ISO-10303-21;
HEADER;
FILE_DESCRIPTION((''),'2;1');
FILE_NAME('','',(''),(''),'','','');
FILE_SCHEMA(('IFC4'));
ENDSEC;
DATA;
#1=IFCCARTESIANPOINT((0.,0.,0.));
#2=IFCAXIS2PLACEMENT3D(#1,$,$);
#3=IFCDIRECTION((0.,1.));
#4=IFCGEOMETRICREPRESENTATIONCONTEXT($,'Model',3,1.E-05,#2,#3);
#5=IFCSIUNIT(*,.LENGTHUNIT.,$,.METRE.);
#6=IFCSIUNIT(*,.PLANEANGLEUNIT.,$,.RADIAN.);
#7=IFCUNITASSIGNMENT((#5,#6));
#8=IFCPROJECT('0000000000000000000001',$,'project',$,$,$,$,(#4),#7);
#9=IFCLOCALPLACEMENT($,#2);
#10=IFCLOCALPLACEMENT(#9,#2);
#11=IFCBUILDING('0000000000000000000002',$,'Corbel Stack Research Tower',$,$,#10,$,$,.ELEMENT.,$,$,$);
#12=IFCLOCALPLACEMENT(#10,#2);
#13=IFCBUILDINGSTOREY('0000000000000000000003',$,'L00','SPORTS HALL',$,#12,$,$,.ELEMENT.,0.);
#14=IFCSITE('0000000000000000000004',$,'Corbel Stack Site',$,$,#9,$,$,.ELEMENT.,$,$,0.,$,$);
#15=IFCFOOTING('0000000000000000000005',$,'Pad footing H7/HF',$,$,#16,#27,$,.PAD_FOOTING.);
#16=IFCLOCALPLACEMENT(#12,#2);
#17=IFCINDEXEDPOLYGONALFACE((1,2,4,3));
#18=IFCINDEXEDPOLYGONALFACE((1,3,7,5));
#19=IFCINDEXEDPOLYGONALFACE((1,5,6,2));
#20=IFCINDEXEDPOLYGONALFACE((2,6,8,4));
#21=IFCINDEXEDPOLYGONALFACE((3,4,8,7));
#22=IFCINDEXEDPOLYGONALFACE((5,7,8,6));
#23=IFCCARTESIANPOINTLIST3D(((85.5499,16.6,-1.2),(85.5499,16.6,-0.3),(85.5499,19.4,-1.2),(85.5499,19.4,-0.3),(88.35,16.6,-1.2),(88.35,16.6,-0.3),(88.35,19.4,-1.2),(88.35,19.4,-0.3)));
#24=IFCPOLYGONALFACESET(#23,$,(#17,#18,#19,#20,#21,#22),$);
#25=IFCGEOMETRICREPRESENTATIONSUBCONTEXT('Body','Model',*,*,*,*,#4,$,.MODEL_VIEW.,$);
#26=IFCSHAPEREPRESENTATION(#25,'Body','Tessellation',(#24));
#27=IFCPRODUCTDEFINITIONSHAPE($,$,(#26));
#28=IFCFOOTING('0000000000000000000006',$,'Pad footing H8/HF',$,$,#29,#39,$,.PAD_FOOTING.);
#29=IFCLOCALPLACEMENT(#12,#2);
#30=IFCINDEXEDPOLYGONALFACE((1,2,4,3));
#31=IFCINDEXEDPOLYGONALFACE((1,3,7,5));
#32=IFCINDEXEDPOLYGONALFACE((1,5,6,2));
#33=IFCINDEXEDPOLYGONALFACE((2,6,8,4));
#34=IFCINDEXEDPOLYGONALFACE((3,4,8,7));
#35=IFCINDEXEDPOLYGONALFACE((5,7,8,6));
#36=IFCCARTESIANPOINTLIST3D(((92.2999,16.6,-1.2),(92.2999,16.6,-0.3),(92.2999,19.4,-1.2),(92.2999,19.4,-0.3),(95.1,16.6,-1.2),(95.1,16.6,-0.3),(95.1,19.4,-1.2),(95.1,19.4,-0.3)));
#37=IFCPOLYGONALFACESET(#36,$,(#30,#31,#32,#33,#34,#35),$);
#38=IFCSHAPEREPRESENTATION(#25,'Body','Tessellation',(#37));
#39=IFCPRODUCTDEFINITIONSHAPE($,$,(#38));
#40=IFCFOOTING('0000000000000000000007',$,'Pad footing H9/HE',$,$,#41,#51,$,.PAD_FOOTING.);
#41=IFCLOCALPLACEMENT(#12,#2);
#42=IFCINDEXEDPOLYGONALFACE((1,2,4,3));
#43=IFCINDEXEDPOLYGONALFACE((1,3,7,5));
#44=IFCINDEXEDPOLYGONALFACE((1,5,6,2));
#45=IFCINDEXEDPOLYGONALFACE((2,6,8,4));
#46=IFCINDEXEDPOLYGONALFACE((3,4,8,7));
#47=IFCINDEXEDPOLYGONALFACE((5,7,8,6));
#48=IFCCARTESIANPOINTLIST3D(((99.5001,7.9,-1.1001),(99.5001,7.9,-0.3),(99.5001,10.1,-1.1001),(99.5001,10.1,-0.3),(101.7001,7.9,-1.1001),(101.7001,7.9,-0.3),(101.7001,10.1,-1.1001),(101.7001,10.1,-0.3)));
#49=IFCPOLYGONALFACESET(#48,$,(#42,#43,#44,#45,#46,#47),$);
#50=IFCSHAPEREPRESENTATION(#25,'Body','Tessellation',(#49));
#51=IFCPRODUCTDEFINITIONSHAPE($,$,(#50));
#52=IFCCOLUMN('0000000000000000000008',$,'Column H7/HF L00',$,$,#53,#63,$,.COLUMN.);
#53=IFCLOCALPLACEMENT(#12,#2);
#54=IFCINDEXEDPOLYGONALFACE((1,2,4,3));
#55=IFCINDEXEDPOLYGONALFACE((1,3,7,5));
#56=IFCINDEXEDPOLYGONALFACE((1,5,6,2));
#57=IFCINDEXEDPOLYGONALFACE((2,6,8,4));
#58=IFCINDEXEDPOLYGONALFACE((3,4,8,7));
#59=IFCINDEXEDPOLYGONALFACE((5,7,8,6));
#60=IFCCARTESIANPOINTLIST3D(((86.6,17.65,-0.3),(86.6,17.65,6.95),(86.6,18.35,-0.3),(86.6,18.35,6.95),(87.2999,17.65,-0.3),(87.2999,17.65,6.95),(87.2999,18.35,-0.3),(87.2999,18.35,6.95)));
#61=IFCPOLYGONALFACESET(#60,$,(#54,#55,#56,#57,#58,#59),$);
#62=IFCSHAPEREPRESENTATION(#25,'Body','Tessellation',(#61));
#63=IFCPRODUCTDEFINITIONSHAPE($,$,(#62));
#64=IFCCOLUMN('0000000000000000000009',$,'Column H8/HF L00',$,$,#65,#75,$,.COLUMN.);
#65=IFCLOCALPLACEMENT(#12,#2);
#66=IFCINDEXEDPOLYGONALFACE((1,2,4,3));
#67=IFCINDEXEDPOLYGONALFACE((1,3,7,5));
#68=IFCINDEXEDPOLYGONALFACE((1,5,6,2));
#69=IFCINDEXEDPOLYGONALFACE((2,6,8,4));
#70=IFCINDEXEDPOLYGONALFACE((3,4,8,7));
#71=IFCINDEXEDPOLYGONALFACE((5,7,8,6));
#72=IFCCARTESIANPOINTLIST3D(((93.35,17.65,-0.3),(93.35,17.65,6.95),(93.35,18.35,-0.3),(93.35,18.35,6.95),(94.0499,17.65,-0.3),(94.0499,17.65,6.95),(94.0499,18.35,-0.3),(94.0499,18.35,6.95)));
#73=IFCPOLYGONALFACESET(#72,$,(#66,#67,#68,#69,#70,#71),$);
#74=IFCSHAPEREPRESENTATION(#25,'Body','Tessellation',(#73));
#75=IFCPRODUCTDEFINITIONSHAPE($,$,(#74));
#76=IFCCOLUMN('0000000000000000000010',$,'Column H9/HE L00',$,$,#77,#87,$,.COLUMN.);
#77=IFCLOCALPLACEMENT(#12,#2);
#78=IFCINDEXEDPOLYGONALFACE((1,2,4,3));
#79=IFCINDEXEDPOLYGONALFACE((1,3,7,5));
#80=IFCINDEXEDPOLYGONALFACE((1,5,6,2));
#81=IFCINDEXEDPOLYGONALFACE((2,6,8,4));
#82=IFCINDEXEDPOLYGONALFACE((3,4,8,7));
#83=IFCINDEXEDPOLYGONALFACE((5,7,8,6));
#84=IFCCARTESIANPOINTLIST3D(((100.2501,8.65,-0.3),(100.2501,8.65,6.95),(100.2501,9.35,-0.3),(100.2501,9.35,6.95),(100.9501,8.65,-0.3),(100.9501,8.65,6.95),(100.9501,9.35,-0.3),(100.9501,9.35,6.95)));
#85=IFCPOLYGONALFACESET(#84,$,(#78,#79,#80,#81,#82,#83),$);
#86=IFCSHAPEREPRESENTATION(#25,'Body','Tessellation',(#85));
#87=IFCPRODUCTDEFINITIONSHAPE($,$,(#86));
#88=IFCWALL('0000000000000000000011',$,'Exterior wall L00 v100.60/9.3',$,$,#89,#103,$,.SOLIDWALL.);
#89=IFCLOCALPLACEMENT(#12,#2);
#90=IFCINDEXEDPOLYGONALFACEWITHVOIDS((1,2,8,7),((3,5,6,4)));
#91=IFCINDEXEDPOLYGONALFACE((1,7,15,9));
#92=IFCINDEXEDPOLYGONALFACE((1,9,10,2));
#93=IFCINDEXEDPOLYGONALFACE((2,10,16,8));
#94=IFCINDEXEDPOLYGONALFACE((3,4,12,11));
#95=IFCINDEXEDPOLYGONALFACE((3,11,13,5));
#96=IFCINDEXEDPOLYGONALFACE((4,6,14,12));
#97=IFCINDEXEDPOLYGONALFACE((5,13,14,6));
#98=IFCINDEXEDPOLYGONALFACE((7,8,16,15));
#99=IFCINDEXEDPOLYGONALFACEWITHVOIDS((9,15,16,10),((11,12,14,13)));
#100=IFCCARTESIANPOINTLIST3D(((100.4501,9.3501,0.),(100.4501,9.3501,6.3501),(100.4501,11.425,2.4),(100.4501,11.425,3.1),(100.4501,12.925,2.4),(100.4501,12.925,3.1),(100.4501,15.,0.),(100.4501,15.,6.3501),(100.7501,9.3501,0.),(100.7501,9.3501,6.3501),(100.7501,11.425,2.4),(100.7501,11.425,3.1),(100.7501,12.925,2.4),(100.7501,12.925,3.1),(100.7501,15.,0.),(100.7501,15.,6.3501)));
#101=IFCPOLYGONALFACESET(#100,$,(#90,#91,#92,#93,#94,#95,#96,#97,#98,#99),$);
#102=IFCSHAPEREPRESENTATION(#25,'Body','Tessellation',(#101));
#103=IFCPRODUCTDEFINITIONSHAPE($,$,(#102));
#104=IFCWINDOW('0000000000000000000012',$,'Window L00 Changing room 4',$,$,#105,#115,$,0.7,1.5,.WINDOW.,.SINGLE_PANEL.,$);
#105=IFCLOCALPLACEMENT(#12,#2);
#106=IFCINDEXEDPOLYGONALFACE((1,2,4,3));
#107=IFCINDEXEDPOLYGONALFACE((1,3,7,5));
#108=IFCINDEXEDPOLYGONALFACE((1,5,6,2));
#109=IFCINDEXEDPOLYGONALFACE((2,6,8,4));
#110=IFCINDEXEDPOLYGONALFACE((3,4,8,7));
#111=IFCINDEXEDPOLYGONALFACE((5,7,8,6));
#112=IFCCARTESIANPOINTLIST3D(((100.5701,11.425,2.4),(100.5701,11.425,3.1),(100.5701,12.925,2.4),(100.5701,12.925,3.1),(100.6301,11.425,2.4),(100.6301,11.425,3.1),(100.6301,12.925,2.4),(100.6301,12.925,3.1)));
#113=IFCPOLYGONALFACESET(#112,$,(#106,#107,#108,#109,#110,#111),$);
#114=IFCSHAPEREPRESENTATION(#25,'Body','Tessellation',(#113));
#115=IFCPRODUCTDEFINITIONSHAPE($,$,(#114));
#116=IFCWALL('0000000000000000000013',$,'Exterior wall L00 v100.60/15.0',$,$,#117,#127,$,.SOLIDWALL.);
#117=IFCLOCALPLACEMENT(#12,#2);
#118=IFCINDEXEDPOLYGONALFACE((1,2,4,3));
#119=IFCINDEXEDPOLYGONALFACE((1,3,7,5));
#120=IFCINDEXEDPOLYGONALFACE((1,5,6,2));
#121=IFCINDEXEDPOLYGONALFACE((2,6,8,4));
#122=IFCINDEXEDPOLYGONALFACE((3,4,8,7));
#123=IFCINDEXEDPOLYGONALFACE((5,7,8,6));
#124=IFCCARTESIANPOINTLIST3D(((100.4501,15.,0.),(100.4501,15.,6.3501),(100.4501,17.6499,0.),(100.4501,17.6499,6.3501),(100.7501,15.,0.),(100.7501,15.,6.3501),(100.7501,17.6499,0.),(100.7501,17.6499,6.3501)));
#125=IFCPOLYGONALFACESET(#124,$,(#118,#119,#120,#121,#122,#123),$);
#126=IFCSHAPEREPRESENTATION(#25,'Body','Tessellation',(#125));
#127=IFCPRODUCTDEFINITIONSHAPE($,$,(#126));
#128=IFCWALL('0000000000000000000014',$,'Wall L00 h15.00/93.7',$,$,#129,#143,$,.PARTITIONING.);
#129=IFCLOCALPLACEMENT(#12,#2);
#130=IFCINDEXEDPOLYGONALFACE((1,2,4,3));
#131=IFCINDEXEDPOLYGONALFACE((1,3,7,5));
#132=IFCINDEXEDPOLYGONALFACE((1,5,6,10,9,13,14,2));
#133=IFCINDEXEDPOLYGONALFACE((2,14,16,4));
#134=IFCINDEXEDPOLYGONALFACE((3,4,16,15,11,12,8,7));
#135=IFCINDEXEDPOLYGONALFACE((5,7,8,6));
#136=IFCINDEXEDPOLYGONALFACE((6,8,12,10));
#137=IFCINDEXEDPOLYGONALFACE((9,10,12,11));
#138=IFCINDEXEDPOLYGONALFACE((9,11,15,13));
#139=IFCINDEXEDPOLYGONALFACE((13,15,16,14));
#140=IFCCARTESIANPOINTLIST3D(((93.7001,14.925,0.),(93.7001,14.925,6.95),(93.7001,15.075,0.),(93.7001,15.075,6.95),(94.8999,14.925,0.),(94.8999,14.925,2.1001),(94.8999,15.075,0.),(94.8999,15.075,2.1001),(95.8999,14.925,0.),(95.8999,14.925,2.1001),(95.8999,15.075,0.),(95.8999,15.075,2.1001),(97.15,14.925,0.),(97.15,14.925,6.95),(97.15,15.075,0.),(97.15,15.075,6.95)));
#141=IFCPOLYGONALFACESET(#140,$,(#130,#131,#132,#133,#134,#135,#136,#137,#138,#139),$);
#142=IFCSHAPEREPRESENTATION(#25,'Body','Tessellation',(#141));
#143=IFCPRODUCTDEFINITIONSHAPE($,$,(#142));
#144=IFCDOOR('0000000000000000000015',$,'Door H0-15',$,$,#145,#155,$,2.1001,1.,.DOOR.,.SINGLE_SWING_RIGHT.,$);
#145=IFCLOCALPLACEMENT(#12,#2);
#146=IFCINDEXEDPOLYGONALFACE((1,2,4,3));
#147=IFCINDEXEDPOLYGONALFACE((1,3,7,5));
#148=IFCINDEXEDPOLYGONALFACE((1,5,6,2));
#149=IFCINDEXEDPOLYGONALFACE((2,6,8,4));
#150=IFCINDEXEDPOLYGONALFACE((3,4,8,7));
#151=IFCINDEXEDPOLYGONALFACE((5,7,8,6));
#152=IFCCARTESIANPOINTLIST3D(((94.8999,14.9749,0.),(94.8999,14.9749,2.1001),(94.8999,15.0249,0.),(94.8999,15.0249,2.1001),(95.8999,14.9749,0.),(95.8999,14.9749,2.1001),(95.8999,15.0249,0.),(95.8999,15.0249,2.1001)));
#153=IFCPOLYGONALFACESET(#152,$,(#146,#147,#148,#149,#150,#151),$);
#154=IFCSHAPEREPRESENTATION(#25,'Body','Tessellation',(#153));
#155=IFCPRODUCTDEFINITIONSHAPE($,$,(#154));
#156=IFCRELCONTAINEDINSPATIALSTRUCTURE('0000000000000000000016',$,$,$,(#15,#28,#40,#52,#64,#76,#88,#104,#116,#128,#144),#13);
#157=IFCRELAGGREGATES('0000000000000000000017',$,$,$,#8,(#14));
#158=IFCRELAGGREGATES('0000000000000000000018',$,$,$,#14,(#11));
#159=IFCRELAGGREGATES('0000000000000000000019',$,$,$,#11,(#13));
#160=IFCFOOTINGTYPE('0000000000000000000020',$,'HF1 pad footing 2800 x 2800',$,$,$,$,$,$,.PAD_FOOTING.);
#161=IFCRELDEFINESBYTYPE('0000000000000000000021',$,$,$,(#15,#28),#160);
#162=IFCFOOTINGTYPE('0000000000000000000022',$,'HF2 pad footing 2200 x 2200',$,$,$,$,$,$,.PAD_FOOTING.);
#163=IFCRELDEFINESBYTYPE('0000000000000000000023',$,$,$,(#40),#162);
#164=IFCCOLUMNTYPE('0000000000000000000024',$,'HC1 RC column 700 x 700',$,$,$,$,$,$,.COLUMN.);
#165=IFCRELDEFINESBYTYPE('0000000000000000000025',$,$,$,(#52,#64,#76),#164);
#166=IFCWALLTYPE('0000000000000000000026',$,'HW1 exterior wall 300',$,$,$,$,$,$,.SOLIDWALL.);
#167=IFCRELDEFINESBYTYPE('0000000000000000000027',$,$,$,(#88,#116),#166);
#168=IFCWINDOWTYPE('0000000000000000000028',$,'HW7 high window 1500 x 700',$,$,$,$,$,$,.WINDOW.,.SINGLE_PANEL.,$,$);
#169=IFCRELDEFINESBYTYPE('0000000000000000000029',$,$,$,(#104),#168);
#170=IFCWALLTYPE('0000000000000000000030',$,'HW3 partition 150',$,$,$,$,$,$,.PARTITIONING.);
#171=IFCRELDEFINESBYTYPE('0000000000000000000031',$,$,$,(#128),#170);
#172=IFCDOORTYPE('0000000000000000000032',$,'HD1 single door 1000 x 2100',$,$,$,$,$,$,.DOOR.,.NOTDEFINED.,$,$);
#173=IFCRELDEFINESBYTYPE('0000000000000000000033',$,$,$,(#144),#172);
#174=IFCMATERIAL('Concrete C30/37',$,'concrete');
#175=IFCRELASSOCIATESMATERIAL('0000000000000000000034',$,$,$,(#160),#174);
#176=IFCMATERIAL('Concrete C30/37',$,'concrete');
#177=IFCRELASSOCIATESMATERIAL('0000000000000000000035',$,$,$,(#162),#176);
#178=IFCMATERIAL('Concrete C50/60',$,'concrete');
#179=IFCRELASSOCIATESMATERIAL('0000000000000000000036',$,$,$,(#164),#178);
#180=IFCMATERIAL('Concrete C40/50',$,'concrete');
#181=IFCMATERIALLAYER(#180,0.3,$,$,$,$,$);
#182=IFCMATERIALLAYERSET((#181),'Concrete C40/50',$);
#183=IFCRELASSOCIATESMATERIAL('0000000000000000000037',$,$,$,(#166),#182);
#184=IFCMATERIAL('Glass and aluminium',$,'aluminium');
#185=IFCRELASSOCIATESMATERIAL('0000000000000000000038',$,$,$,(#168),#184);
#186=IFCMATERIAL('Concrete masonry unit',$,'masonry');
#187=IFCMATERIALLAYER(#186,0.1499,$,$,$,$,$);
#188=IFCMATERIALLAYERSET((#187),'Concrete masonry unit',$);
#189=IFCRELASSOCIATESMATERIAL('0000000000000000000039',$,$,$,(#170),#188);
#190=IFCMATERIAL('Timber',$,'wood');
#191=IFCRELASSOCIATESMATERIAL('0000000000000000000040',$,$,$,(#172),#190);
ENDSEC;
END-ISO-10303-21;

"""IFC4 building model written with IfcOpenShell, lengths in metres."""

from ifc_helpers import new_model, si_unit, direction, frame, frame_2d, origin, origin_2d, place, context, subcontext, project, spatial, rectangle, extrude, material, layer, layer_set, material_profile, profile_set, type_object, element, fill, save


model = new_model("IFC4")

# Units and contexts
model_context = context("Model", 3, precision=1e-05, world=origin(), true_north=direction((0.0, 1.0)))
body_context = subcontext(model_context, "Body", "Model", "MODEL_VIEW")
ifc_project = project(units=[si_unit("LENGTHUNIT", "METRE"), si_unit("PLANEANGLEUNIT", "RADIAN")], contexts=[model_context])

# Site, building, storey
site_placement = place(None, origin())
site = spatial("IfcSite", under=ifc_project, at=site_placement, Name="Corbel Stack Site", CompositionType="ELEMENT", RefElevation=0.0)
building_placement = place(site_placement, origin())
building = spatial("IfcBuilding", under=site, at=building_placement, Name="Corbel Stack Research Tower", CompositionType="ELEMENT")
storey_placement = place(building_placement, origin())
storey = spatial("IfcBuildingStorey", under=building, at=storey_placement, Name="L00", Description="SPORTS HALL", CompositionType="ELEMENT", Elevation=0.0)

# Footings
ifc_material_1 = material(Name="Concrete C30/37", Category="concrete")
footing_type_1 = type_object("IfcFootingType", Name="HF1 pad footing 2800 x 2800", PredefinedType="PAD_FOOTING", material=ifc_material_1)
for number, where, z_axis, x_axis, name in (
    (1, (86.95, 18.0, -1.2), (0.0, 0.0, 1.0), (1.0, 0.0, 0.0), "Pad footing H7/HF"),
    (2, (93.7, 18.0, -1.2), (0.0, 0.0, 1.0), (1.0, 0.0, 0.0), "Pad footing H8/HF"),
):
    element("IfcFooting", number, at=place(storey_placement, frame(where, z_axis=z_axis, x_axis=x_axis)), inside=storey, type_object=footing_type_1, Name=name, PredefinedType="PAD_FOOTING", context=body_context, shape_type="SweptSolid", body=[
        extrude(rectangle(XDim=2.8, YDim=2.8, at=origin_2d()), origin(), (0.0, 0.0, 1.0), 0.8999),
    ])
ifc_material_2 = material(Name="Concrete C30/37", Category="concrete")
footing_type_2 = type_object("IfcFootingType", Name="HF2 pad footing 2200 x 2200", PredefinedType="PAD_FOOTING", material=ifc_material_2)
footing_placement = place(storey_placement, frame((100.6001, 9.0, -1.1001), z_axis=(0.0, 0.0, 1.0), x_axis=(1.0, 0.0, 0.0)))
element("IfcFooting", 3, at=footing_placement, inside=storey, type_object=footing_type_2, Name="Pad footing H9/HE", PredefinedType="PAD_FOOTING", context=body_context, shape_type="SweptSolid", body=[
    extrude(rectangle(XDim=2.2, YDim=2.2, at=origin_2d()), origin(), (0.0, 0.0, 1.0), 0.8),
])

# Columns
ifc_material_3 = material(Name="Concrete C50/60", Category="concrete")
ifc_material_profile = material_profile(ifc_material_3, rectangle(XDim=0.7, YDim=0.7, at=origin_2d()), Name="RC 700 x 700")
ifc_profile_set = profile_set([ifc_material_profile], Name="Concrete C50/60")
column_type = type_object("IfcColumnType", Name="HC1 RC column 700 x 700", PredefinedType="COLUMN", material=ifc_profile_set)
for number, where, z_axis, x_axis, name in (
    (4, (86.95, 18.0, -0.3), (0.0, 0.0, 1.0), (1.0, 0.0, 0.0), "Column H7/HF L00"),
    (5, (93.7, 18.0, -0.3), (0.0, 0.0, 1.0), (1.0, 0.0, 0.0), "Column H8/HF L00"),
    (6, (100.6001, 9.0, -0.3), (0.0, 0.0, 1.0), (1.0, 0.0, 0.0), "Column H9/HE L00"),
):
    element("IfcColumn", number, at=place(storey_placement, frame(where, z_axis=z_axis, x_axis=x_axis)), inside=storey, type_object=column_type, Name=name, PredefinedType="COLUMN", context=body_context, shape_type="SweptSolid", body=[
        extrude(rectangle(XDim=0.7, YDim=0.7, at=origin_2d()), origin(), (0.0, 0.0, 1.0), 7.25),
    ])

# Wall, opening, window
ifc_material_4 = material(Name="Concrete C40/50", Category="concrete")
ifc_layer_1 = layer(ifc_material_4, 0.3)
ifc_layer_set_1 = layer_set([ifc_layer_1], Name="Concrete C40/50")
wall_type_1 = type_object("IfcWallType", Name="HW1 exterior wall 300", PredefinedType="SOLIDWALL", material=ifc_layer_set_1)
wall_1_placement = place(storey_placement, frame((100.6001, 9.3501, 0.0), z_axis=(0.0, 0.0, 1.0), x_axis=(0.0, 1.0, 0.0)))
wall_1 = element("IfcWall", 7, at=wall_1_placement, inside=storey, type_object=wall_type_1, Name="Exterior wall L00 v100.60/9.3", PredefinedType="SOLIDWALL", context=body_context, shape_type="SweptSolid", body=[
    extrude(rectangle(XDim=5.6499, YDim=0.3, at=frame_2d((2.825, 0.0))), origin(), (0.0, 0.0, 1.0), 6.3501),
])
opening_1_placement = place(wall_1_placement, frame((2.075, 0.0, 2.3999)))
opening_1 = element("IfcOpeningElement", 8, at=opening_1_placement, cuts=wall_1, PredefinedType="OPENING", context=body_context, shape_type="SweptSolid", body=[
    extrude(rectangle(XDim=1.5, YDim=0.7, at=frame_2d((0.75, 0.3501))), frame((0.0, 0.1599, 0.0), z_axis=(0.0, -1.0, 0.0), x_axis=(1.0, 0.0, 0.0)), (0.0, 0.0, 1.0), 0.3201),
])
ifc_material_5 = material(Name="Glass and aluminium", Category="aluminium")
window_type = type_object("IfcWindowType", Name="HW7 high window 1500 x 700", PartitioningType="SINGLE_PANEL", PredefinedType="WINDOW", material=ifc_material_5)
window_placement = place(opening_1_placement, origin())
window = element("IfcWindow", 9, at=window_placement, inside=storey, type_object=window_type, Name="Window L00 Changing room 4", OverallHeight=0.7, OverallWidth=1.5, PartitioningType="SINGLE_PANEL", PredefinedType="WINDOW", context=body_context, shape_type="SweptSolid", body=[
    extrude(rectangle(XDim=1.5, YDim=0.7, at=frame_2d((0.75, 0.3501))), frame((0.0, 0.03, 0.0), z_axis=(0.0, -1.0, 0.0), x_axis=(1.0, 0.0, 0.0)), (0.0, 0.0, 1.0), 0.0601),
])
fill(opening_1, window)

# Wall
wall_2_placement = place(storey_placement, frame((100.6001, 15.0, 0.0), z_axis=(0.0, 0.0, 1.0), x_axis=(0.0, 1.0, 0.0)))
element("IfcWall", 10, at=wall_2_placement, inside=storey, type_object=wall_type_1, Name="Exterior wall L00 v100.60/15.0", PredefinedType="SOLIDWALL", context=body_context, shape_type="SweptSolid", body=[
    extrude(rectangle(XDim=2.6499, YDim=0.3, at=frame_2d((1.325, 0.0))), origin(), (0.0, 0.0, 1.0), 6.3501),
])

# Wall, opening, door
ifc_material_6 = material(Name="Concrete masonry unit", Category="masonry")
ifc_layer_2 = layer(ifc_material_6, 0.1499)
ifc_layer_set_2 = layer_set([ifc_layer_2], Name="Concrete masonry unit")
wall_type_2 = type_object("IfcWallType", Name="HW3 partition 150", PredefinedType="PARTITIONING", material=ifc_layer_set_2)
wall_3_placement = place(storey_placement, frame((93.7, 15.0, 0.0), z_axis=(0.0, 0.0, 1.0), x_axis=(1.0, 0.0, 0.0)))
wall_3 = element("IfcWall", 11, at=wall_3_placement, inside=storey, type_object=wall_type_2, Name="Wall L00 h15.00/93.7", PredefinedType="PARTITIONING", context=body_context, shape_type="SweptSolid", body=[
    extrude(rectangle(XDim=3.45, YDim=0.1499, at=frame_2d((1.7251, 0.0))), origin(), (0.0, 0.0, 1.0), 6.95),
])
opening_2_placement = place(wall_3_placement, frame((1.2, 0.0, 0.0)))
opening_2 = element("IfcOpeningElement", 12, at=opening_2_placement, cuts=wall_3, PredefinedType="OPENING", context=body_context, shape_type="SweptSolid", body=[
    extrude(rectangle(XDim=1.0, YDim=2.1001, at=frame_2d((0.5, 1.05))), frame((0.0, 0.085, 0.0), z_axis=(0.0, -1.0, 0.0), x_axis=(1.0, 0.0, 0.0)), (0.0, 0.0, 1.0), 0.1699),
])
ifc_material_7 = material(Name="Timber", Category="wood")
door_type_1 = type_object("IfcDoorType", Name="HD1 single door 1000 x 2100", OperationType="NOTDEFINED", PredefinedType="DOOR", material=ifc_material_7)
door_1_placement = place(opening_2_placement, origin())
door_1 = element("IfcDoor", 13, at=door_1_placement, inside=storey, type_object=door_type_1, Name="Door H0-15", OperationType="SINGLE_SWING_RIGHT", OverallHeight=2.1001, OverallWidth=1.0, PredefinedType="DOOR", context=body_context, shape_type="SweptSolid", body=[
    extrude(rectangle(XDim=1.0, YDim=2.1001, at=frame_2d((0.5, 1.05))), frame((0.0, 0.0249, 0.0), z_axis=(0.0, -1.0, 0.0), x_axis=(1.0, 0.0, 0.0)), (0.0, 0.0, 1.0), 0.05),
])
fill(opening_2, door_1)

save(model, "model.ifc")
